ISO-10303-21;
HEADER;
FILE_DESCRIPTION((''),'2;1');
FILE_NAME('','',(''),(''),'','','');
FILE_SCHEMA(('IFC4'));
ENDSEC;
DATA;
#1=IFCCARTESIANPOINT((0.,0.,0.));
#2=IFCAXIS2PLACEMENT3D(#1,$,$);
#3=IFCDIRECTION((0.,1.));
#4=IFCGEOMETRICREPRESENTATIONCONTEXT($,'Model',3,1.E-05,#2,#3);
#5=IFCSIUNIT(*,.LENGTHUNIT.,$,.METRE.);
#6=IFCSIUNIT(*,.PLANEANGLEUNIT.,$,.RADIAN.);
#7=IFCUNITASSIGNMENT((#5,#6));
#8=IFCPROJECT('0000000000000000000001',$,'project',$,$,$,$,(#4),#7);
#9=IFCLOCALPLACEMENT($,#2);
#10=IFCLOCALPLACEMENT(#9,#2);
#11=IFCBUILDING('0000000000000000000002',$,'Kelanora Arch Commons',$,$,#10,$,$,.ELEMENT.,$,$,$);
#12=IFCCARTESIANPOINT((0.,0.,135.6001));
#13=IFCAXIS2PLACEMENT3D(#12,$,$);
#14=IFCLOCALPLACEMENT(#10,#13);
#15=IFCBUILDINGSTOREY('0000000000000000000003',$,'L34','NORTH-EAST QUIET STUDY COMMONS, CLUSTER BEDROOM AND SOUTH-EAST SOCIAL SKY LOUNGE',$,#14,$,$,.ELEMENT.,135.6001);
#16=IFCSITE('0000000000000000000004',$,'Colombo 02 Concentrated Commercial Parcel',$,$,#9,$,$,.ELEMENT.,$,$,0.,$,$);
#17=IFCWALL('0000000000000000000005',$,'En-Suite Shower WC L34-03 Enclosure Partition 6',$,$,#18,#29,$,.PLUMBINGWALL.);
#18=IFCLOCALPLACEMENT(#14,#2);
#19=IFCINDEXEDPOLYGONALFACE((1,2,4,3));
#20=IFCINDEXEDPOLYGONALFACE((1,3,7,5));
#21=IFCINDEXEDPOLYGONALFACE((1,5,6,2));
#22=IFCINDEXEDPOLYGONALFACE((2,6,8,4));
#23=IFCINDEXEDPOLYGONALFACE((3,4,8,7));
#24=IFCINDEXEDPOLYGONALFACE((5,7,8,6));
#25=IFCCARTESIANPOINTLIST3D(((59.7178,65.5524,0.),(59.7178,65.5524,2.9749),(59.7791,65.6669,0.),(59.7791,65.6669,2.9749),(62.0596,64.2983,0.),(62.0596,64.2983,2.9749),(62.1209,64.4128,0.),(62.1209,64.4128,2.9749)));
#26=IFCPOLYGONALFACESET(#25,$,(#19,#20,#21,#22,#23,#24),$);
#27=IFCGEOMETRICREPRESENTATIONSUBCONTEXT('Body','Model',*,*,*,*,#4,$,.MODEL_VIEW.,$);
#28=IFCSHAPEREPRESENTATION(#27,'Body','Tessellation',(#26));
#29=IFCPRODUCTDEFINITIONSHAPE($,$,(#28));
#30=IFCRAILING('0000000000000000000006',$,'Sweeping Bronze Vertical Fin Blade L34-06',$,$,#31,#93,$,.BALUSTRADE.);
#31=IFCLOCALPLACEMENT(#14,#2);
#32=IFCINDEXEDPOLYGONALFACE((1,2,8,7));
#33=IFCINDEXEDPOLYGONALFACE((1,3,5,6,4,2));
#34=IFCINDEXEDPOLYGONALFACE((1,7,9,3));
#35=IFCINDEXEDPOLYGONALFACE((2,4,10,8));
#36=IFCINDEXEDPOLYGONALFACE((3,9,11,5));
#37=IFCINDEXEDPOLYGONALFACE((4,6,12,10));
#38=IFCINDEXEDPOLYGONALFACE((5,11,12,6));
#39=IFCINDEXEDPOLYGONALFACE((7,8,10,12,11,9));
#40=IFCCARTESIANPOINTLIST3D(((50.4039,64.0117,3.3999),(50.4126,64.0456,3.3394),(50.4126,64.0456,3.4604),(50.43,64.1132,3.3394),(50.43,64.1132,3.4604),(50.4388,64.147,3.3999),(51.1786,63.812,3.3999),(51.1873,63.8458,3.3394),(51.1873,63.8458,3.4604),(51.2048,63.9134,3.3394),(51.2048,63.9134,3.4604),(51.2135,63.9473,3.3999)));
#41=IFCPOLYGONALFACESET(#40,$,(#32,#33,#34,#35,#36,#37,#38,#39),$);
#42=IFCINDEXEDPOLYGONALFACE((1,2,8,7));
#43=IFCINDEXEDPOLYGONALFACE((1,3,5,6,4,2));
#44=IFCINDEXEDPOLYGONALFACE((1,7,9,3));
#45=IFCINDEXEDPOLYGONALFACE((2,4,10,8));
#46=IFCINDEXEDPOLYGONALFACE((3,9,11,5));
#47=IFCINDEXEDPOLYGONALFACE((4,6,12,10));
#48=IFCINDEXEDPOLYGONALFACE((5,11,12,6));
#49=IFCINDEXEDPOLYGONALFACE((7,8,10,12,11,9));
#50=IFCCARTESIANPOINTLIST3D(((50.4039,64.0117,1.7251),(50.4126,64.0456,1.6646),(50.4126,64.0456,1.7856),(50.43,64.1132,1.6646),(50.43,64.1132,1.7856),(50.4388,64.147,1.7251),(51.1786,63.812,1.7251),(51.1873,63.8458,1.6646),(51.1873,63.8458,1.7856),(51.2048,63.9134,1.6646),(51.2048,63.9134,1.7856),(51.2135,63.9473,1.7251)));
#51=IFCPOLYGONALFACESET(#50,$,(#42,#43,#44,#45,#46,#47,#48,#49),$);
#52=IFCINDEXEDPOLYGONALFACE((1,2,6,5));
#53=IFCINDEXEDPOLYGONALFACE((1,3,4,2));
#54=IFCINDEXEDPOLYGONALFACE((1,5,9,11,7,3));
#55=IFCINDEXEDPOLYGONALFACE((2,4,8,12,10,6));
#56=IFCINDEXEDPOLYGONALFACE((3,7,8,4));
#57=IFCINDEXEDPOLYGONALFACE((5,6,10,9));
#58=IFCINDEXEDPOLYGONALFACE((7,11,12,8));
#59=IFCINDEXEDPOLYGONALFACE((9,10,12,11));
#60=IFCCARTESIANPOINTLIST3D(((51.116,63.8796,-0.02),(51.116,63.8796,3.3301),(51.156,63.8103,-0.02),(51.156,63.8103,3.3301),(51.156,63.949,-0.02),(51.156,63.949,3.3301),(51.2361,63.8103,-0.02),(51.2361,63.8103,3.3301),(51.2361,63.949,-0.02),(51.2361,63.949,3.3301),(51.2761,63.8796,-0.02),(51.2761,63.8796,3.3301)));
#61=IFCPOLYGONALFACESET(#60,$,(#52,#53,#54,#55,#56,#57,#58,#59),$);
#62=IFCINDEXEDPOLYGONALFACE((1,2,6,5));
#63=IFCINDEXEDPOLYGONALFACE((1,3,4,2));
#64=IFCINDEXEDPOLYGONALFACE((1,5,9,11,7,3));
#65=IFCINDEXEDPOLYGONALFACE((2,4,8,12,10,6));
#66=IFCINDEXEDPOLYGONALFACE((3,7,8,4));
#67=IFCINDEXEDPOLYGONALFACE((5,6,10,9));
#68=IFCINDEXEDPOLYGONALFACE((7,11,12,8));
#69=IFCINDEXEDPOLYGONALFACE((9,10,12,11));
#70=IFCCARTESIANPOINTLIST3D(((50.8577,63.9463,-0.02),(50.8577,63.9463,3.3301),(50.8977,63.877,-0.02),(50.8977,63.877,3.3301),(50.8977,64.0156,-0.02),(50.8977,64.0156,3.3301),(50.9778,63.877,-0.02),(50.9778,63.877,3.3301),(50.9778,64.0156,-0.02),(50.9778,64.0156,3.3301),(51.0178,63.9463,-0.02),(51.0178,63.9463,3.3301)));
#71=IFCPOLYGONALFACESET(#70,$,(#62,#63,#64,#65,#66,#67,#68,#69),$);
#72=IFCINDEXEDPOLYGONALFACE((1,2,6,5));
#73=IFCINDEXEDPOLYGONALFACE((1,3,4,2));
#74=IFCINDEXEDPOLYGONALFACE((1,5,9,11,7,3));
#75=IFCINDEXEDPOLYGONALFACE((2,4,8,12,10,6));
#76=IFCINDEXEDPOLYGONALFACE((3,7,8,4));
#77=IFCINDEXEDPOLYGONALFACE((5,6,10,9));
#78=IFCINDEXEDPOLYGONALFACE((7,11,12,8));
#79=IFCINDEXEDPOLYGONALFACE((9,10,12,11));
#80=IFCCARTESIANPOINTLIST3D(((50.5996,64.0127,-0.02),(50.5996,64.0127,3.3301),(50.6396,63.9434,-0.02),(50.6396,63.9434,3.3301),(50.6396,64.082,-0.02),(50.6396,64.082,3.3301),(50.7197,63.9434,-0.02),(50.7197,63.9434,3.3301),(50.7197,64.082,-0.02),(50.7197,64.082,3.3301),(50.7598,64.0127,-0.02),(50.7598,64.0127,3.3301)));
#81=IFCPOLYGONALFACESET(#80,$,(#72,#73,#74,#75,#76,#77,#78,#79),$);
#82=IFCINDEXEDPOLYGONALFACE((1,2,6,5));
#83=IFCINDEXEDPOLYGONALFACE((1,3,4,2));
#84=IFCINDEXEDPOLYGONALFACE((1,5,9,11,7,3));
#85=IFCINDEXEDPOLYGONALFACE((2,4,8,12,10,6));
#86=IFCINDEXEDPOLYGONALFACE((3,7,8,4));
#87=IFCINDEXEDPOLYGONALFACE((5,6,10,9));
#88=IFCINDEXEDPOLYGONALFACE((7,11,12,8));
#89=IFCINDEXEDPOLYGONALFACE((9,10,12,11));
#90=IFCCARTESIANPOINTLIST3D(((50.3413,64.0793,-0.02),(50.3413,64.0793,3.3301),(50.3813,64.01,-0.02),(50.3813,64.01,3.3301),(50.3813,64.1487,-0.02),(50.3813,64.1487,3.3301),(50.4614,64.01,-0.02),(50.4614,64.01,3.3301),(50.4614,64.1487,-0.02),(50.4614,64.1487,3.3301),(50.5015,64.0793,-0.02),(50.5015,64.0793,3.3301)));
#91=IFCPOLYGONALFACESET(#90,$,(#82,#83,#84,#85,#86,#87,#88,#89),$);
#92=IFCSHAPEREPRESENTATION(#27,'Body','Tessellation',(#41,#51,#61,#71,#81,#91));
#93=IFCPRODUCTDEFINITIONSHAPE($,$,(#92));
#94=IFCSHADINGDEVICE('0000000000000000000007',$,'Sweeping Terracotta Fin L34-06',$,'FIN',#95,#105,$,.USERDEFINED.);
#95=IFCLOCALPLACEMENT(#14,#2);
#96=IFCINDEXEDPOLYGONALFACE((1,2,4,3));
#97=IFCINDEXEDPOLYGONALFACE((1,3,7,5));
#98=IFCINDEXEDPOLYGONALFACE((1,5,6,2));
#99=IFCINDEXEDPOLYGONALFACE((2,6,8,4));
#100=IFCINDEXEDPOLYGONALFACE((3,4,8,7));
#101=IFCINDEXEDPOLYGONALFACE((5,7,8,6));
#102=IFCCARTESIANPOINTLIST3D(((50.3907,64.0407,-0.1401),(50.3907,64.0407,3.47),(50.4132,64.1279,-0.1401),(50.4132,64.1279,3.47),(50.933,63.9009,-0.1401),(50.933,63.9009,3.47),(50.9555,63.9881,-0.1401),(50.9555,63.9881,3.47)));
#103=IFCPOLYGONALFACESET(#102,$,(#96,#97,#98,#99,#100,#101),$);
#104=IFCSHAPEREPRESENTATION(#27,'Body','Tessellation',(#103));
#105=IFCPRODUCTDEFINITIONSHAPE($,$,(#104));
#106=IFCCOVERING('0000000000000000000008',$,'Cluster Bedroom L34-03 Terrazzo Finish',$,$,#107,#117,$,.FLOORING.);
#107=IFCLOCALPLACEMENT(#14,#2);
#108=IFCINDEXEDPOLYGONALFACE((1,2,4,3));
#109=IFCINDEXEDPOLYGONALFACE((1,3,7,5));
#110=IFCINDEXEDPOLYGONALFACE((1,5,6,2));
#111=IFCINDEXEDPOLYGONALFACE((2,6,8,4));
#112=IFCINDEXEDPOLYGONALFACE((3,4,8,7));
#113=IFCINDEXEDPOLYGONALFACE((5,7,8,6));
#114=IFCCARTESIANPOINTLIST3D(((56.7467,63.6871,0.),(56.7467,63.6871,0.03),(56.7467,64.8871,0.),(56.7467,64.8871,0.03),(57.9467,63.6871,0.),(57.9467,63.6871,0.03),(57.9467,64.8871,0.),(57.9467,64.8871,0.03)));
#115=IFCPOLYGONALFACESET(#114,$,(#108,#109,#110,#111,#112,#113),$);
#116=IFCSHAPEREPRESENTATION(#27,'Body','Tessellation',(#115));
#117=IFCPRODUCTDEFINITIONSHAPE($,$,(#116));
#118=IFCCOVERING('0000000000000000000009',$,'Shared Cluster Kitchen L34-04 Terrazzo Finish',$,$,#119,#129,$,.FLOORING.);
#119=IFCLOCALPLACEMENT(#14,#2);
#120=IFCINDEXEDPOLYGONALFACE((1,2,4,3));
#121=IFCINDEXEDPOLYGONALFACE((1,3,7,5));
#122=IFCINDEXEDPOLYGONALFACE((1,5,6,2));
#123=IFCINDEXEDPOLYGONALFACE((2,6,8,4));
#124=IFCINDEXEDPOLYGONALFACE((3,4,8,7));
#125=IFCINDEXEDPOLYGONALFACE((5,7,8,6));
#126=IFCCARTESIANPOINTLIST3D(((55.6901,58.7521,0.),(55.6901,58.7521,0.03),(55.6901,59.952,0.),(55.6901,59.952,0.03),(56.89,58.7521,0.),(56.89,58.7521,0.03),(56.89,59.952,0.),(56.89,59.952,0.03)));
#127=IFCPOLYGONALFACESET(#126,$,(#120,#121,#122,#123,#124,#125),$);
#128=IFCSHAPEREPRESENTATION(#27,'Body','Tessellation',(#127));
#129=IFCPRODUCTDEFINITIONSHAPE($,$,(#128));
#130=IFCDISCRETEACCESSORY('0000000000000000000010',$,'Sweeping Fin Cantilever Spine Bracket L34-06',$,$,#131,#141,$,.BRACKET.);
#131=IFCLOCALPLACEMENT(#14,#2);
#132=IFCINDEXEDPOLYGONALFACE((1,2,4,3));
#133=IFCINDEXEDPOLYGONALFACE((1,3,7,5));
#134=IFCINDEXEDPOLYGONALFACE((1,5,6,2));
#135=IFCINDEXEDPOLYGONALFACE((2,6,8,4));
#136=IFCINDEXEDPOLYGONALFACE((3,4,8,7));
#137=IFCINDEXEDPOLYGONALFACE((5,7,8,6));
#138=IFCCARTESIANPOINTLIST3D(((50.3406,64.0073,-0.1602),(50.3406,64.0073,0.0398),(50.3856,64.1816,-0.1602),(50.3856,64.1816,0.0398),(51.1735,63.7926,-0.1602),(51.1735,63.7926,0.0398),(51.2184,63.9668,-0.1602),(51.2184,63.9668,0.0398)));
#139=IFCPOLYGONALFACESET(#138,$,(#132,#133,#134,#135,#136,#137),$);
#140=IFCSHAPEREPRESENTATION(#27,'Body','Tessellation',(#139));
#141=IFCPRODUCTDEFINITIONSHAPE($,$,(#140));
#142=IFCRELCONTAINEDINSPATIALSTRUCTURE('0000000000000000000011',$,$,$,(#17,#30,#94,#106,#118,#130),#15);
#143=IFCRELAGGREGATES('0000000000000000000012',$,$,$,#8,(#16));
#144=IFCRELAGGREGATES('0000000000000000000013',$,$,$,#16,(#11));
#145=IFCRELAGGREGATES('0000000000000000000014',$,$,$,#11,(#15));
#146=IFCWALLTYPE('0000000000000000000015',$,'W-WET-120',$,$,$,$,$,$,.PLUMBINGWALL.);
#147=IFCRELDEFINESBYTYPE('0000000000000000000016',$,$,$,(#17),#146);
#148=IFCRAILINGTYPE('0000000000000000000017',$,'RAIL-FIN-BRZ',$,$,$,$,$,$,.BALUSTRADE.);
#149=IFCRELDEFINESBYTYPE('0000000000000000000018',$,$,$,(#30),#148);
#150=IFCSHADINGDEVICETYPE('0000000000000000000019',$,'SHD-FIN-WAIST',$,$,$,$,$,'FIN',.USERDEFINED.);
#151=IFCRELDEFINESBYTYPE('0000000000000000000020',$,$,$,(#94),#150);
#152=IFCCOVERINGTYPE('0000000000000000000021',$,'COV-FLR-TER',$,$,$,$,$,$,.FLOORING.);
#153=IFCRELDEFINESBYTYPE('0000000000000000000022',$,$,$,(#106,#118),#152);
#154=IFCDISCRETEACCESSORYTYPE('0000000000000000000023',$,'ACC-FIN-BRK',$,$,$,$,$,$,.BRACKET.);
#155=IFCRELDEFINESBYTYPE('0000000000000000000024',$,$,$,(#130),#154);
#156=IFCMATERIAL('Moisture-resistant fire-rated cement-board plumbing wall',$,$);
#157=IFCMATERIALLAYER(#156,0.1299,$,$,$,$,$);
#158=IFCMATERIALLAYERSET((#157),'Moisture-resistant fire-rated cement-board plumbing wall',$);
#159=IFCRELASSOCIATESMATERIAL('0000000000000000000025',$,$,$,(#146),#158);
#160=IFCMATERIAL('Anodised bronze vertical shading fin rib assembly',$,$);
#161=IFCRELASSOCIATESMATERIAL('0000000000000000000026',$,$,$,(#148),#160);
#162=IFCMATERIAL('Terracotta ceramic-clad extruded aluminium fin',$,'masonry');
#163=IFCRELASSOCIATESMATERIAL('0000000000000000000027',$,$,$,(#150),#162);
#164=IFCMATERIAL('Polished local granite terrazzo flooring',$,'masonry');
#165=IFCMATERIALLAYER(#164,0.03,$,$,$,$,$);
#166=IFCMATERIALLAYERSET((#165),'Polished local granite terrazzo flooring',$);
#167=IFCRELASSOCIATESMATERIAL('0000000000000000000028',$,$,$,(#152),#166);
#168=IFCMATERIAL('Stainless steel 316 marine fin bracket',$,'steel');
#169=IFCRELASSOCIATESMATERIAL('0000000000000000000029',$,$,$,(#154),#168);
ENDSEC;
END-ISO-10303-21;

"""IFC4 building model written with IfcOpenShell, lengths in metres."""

from ifc_helpers import new_model, si_unit, direction, frame, frame_2d, origin, origin_2d, place, context, subcontext, project, spatial, polyline, rectangle, outline, extrude, source, transform, mapped, material, layer, layer_set, type_object, element, save


model = new_model("IFC4")

# Units and contexts
model_context = context("Model", 3, precision=1e-05, world=origin(), true_north=direction((0.0, 1.0)))
body_context = subcontext(model_context, "Body", "Model", "MODEL_VIEW")
ifc_project = project(units=[si_unit("LENGTHUNIT", "METRE"), si_unit("PLANEANGLEUNIT", "RADIAN")], contexts=[model_context])

# Site, building, storey
site_placement = place(None, origin())
site = spatial("IfcSite", under=ifc_project, at=site_placement, Name="Colombo 02 Concentrated Commercial Parcel", CompositionType="ELEMENT", RefElevation=0.0)
building_placement = place(site_placement, origin())
building = spatial("IfcBuilding", under=site, at=building_placement, Name="Kelanora Arch Commons", CompositionType="ELEMENT")
storey_placement = place(building_placement, frame((0.0, 0.0, 135.6001)))
storey = spatial("IfcBuildingStorey", under=building, at=storey_placement, Name="L34", Description="NORTH-EAST QUIET STUDY COMMONS, CLUSTER BEDROOM AND SOUTH-EAST SOCIAL SKY LOUNGE", CompositionType="ELEMENT", Elevation=135.6001)

# Wall
ifc_material_1 = material(Name="Moisture-resistant fire-rated cement-board plumbing wall")
ifc_layer_1 = layer(ifc_material_1, 0.1299)
ifc_layer_set_1 = layer_set([ifc_layer_1], Name="Moisture-resistant fire-rated cement-board plumbing wall")
wall_type_1 = type_object("IfcWallType", Name="W-WET-120", PredefinedType="PLUMBINGWALL", material=ifc_layer_set_1)
wall_1_placement = place(storey_placement, frame((59.7485, 65.6096, 0.0), z_axis=(0.0, 0.0, 1.0), x_axis=(0.88154, -0.472109, 0.0)))
element("IfcWall", 1, at=wall_1_placement, inside=storey, type_object=wall_type_1, Name="En-Suite Shower WC L34-03 Enclosure Partition 6", PredefinedType="PLUMBINGWALL", context=body_context, shape_type="SweptSolid", body=[
    extrude(rectangle(XDim=2.6565, YDim=0.1299, at=frame_2d((1.3281, 0.0))), origin(), (0.0, 0.0, 1.0), 2.9749),
])

# Railing
ifc_material_2 = material(Name="Anodised bronze vertical shading fin rib assembly")
railing_type = type_object("IfcRailingType", Name="RAIL-FIN-BRZ", PredefinedType="BALUSTRADE", material=ifc_material_2)
railing_placement = place(storey_placement, frame((51.196, 63.8796, -0.02)))
element("IfcRailing", 2, at=railing_placement, inside=storey, type_object=railing_type, Name="Sweeping Bronze Vertical Fin Blade L34-06", PredefinedType="BALUSTRADE", context=body_context, shape_type="SweptSolid", body=[
    extrude(outline(polyline([(0.0698, 0.0), (0.0349, 0.0605), (-0.0349, 0.0605), (-0.0698, 0.0), (-0.0349, -0.0605), (0.0349, -0.0605), (0.0698, 0.0)])), frame((0.0, 0.0, 3.4199), z_axis=(-0.968339, 0.249638, 0.0), x_axis=(-0.249638, -0.968339, 0.0)), (0.0, 0.0, 1.0), 0.8),
    extrude(outline(polyline([(0.0698, 0.0), (0.0349, 0.0605), (-0.0349, 0.0605), (-0.0698, 0.0), (-0.0349, -0.0605), (0.0349, -0.0605), (0.0698, 0.0)])), frame((0.0, 0.0, 1.7451), z_axis=(-0.968339, 0.249638, 0.0), x_axis=(-0.249638, -0.968339, 0.0)), (0.0, 0.0, 1.0), 0.8),
    extrude(outline(polyline([(0.0801, 0.0), (0.04, 0.0693), (-0.04, 0.0693), (-0.0801, 0.0), (-0.04, -0.0693), (0.04, -0.0693), (0.0801, 0.0)])), origin(), (0.0, 0.0, 1.0), 3.3501),
    extrude(outline(polyline([(0.0801, 0.0), (0.04, 0.0693), (-0.04, 0.0693), (-0.0801, 0.0), (-0.04, -0.0693), (0.04, -0.0693), (0.0801, 0.0)])), frame((-0.2583, 0.0667, 0.0)), (0.0, 0.0, 1.0), 3.3501),
    extrude(outline(polyline([(0.0801, 0.0), (0.04, 0.0693), (-0.04, 0.0693), (-0.0801, 0.0), (-0.04, -0.0693), (0.04, -0.0693), (0.0801, 0.0)])), frame((-0.5164, 0.1331, 0.0)), (0.0, 0.0, 1.0), 3.3501),
    extrude(outline(polyline([(0.0801, 0.0), (0.04, 0.0693), (-0.04, 0.0693), (-0.0801, 0.0), (-0.04, -0.0693), (0.04, -0.0693), (0.0801, 0.0)])), frame((-0.7747, 0.1997, 0.0)), (0.0, 0.0, 1.0), 3.3501),
])

# Shading device
ifc_material_3 = material(Name="Terracotta ceramic-clad extruded aluminium fin", Category="masonry")
shading_device_type = type_object("IfcShadingDeviceType", Name="SHD-FIN-WAIST", ElementType="FIN", PredefinedType="USERDEFINED", material=ifc_material_3)
shared_shape_1 = source(origin(), body_context, "Body", "SweptSolid", [
    extrude(rectangle(XDim=0.5601, YDim=0.0901, at=origin_2d()), origin(), (0.0, 0.0, 1.0), 3.6101),
])
shading_device_placement = place(storey_placement, frame((50.6731, 64.0144, -0.1401), z_axis=(0.0, 0.0, 1.0), x_axis=(-0.968322, 0.249704, 0.0)))
element("IfcShadingDevice", 3, at=shading_device_placement, inside=storey, type_object=shading_device_type, Name="Sweeping Terracotta Fin L34-06", ObjectType="FIN", PredefinedType="USERDEFINED", context=body_context, shape_type="MappedRepresentation", body=[
    mapped(shared_shape_1, transform((0.0, 0.0, 0.0), scale=1.0)),
])

# Coverings
ifc_material_4 = material(Name="Polished local granite terrazzo flooring", Category="masonry")
ifc_layer_2 = layer(ifc_material_4, 0.03)
ifc_layer_set_2 = layer_set([ifc_layer_2], Name="Polished local granite terrazzo flooring")
covering_type = type_object("IfcCoveringType", Name="COV-FLR-TER", PredefinedType="FLOORING", material=ifc_layer_set_2)
shared_shape_2 = source(origin(), body_context, "Body", "SweptSolid", [
    extrude(rectangle(XDim=1.2, YDim=1.2, at=origin_2d()), origin(), (0.0, 0.0, 1.0), 0.03),
])
for number, where, z_axis, x_axis, name in (
    (4, (57.3467, 64.2871, 0.0), (0.0, 0.0, 1.0), (1.0, 0.0, 0.0), "Cluster Bedroom L34-03 Terrazzo Finish"),
    (5, (56.29, 59.3521, 0.0), (0.0, 0.0, 1.0), (1.0, 0.0, 0.0), "Shared Cluster Kitchen L34-04 Terrazzo Finish"),
):
    element("IfcCovering", number, at=place(storey_placement, frame(where, z_axis=z_axis, x_axis=x_axis)), inside=storey, type_object=covering_type, Name=name, PredefinedType="FLOORING", context=body_context, shape_type="MappedRepresentation", body=[
        mapped(shared_shape_2, transform((0.0, 0.0, 0.0), scale=1.0)),
    ])

# Discrete accessory
ifc_material_5 = material(Name="Stainless steel 316 marine fin bracket", Category="steel")
discrete_accessory_type = type_object("IfcDiscreteAccessoryType", Name="ACC-FIN-BRK", PredefinedType="BRACKET", material=ifc_material_5)
shared_shape_3 = source(origin(), body_context, "Body", "SweptSolid", [
    extrude(rectangle(XDim=0.8601, YDim=0.1799, at=origin_2d()), origin(), (0.0, 0.0, 1.0), 0.2),
])
discrete_accessory_placement = place(storey_placement, frame((50.7795, 63.9871, -0.1602), z_axis=(0.0, 0.0, 1.0), x_axis=(-0.968322, 0.249704, 0.0)))
element("IfcDiscreteAccessory", 6, at=discrete_accessory_placement, inside=storey, type_object=discrete_accessory_type, Name="Sweeping Fin Cantilever Spine Bracket L34-06", PredefinedType="BRACKET", context=body_context, shape_type="MappedRepresentation", body=[
    mapped(shared_shape_3, transform((0.0, 0.0, 0.0), scale=1.0)),
])

save(model, "model.ifc")
